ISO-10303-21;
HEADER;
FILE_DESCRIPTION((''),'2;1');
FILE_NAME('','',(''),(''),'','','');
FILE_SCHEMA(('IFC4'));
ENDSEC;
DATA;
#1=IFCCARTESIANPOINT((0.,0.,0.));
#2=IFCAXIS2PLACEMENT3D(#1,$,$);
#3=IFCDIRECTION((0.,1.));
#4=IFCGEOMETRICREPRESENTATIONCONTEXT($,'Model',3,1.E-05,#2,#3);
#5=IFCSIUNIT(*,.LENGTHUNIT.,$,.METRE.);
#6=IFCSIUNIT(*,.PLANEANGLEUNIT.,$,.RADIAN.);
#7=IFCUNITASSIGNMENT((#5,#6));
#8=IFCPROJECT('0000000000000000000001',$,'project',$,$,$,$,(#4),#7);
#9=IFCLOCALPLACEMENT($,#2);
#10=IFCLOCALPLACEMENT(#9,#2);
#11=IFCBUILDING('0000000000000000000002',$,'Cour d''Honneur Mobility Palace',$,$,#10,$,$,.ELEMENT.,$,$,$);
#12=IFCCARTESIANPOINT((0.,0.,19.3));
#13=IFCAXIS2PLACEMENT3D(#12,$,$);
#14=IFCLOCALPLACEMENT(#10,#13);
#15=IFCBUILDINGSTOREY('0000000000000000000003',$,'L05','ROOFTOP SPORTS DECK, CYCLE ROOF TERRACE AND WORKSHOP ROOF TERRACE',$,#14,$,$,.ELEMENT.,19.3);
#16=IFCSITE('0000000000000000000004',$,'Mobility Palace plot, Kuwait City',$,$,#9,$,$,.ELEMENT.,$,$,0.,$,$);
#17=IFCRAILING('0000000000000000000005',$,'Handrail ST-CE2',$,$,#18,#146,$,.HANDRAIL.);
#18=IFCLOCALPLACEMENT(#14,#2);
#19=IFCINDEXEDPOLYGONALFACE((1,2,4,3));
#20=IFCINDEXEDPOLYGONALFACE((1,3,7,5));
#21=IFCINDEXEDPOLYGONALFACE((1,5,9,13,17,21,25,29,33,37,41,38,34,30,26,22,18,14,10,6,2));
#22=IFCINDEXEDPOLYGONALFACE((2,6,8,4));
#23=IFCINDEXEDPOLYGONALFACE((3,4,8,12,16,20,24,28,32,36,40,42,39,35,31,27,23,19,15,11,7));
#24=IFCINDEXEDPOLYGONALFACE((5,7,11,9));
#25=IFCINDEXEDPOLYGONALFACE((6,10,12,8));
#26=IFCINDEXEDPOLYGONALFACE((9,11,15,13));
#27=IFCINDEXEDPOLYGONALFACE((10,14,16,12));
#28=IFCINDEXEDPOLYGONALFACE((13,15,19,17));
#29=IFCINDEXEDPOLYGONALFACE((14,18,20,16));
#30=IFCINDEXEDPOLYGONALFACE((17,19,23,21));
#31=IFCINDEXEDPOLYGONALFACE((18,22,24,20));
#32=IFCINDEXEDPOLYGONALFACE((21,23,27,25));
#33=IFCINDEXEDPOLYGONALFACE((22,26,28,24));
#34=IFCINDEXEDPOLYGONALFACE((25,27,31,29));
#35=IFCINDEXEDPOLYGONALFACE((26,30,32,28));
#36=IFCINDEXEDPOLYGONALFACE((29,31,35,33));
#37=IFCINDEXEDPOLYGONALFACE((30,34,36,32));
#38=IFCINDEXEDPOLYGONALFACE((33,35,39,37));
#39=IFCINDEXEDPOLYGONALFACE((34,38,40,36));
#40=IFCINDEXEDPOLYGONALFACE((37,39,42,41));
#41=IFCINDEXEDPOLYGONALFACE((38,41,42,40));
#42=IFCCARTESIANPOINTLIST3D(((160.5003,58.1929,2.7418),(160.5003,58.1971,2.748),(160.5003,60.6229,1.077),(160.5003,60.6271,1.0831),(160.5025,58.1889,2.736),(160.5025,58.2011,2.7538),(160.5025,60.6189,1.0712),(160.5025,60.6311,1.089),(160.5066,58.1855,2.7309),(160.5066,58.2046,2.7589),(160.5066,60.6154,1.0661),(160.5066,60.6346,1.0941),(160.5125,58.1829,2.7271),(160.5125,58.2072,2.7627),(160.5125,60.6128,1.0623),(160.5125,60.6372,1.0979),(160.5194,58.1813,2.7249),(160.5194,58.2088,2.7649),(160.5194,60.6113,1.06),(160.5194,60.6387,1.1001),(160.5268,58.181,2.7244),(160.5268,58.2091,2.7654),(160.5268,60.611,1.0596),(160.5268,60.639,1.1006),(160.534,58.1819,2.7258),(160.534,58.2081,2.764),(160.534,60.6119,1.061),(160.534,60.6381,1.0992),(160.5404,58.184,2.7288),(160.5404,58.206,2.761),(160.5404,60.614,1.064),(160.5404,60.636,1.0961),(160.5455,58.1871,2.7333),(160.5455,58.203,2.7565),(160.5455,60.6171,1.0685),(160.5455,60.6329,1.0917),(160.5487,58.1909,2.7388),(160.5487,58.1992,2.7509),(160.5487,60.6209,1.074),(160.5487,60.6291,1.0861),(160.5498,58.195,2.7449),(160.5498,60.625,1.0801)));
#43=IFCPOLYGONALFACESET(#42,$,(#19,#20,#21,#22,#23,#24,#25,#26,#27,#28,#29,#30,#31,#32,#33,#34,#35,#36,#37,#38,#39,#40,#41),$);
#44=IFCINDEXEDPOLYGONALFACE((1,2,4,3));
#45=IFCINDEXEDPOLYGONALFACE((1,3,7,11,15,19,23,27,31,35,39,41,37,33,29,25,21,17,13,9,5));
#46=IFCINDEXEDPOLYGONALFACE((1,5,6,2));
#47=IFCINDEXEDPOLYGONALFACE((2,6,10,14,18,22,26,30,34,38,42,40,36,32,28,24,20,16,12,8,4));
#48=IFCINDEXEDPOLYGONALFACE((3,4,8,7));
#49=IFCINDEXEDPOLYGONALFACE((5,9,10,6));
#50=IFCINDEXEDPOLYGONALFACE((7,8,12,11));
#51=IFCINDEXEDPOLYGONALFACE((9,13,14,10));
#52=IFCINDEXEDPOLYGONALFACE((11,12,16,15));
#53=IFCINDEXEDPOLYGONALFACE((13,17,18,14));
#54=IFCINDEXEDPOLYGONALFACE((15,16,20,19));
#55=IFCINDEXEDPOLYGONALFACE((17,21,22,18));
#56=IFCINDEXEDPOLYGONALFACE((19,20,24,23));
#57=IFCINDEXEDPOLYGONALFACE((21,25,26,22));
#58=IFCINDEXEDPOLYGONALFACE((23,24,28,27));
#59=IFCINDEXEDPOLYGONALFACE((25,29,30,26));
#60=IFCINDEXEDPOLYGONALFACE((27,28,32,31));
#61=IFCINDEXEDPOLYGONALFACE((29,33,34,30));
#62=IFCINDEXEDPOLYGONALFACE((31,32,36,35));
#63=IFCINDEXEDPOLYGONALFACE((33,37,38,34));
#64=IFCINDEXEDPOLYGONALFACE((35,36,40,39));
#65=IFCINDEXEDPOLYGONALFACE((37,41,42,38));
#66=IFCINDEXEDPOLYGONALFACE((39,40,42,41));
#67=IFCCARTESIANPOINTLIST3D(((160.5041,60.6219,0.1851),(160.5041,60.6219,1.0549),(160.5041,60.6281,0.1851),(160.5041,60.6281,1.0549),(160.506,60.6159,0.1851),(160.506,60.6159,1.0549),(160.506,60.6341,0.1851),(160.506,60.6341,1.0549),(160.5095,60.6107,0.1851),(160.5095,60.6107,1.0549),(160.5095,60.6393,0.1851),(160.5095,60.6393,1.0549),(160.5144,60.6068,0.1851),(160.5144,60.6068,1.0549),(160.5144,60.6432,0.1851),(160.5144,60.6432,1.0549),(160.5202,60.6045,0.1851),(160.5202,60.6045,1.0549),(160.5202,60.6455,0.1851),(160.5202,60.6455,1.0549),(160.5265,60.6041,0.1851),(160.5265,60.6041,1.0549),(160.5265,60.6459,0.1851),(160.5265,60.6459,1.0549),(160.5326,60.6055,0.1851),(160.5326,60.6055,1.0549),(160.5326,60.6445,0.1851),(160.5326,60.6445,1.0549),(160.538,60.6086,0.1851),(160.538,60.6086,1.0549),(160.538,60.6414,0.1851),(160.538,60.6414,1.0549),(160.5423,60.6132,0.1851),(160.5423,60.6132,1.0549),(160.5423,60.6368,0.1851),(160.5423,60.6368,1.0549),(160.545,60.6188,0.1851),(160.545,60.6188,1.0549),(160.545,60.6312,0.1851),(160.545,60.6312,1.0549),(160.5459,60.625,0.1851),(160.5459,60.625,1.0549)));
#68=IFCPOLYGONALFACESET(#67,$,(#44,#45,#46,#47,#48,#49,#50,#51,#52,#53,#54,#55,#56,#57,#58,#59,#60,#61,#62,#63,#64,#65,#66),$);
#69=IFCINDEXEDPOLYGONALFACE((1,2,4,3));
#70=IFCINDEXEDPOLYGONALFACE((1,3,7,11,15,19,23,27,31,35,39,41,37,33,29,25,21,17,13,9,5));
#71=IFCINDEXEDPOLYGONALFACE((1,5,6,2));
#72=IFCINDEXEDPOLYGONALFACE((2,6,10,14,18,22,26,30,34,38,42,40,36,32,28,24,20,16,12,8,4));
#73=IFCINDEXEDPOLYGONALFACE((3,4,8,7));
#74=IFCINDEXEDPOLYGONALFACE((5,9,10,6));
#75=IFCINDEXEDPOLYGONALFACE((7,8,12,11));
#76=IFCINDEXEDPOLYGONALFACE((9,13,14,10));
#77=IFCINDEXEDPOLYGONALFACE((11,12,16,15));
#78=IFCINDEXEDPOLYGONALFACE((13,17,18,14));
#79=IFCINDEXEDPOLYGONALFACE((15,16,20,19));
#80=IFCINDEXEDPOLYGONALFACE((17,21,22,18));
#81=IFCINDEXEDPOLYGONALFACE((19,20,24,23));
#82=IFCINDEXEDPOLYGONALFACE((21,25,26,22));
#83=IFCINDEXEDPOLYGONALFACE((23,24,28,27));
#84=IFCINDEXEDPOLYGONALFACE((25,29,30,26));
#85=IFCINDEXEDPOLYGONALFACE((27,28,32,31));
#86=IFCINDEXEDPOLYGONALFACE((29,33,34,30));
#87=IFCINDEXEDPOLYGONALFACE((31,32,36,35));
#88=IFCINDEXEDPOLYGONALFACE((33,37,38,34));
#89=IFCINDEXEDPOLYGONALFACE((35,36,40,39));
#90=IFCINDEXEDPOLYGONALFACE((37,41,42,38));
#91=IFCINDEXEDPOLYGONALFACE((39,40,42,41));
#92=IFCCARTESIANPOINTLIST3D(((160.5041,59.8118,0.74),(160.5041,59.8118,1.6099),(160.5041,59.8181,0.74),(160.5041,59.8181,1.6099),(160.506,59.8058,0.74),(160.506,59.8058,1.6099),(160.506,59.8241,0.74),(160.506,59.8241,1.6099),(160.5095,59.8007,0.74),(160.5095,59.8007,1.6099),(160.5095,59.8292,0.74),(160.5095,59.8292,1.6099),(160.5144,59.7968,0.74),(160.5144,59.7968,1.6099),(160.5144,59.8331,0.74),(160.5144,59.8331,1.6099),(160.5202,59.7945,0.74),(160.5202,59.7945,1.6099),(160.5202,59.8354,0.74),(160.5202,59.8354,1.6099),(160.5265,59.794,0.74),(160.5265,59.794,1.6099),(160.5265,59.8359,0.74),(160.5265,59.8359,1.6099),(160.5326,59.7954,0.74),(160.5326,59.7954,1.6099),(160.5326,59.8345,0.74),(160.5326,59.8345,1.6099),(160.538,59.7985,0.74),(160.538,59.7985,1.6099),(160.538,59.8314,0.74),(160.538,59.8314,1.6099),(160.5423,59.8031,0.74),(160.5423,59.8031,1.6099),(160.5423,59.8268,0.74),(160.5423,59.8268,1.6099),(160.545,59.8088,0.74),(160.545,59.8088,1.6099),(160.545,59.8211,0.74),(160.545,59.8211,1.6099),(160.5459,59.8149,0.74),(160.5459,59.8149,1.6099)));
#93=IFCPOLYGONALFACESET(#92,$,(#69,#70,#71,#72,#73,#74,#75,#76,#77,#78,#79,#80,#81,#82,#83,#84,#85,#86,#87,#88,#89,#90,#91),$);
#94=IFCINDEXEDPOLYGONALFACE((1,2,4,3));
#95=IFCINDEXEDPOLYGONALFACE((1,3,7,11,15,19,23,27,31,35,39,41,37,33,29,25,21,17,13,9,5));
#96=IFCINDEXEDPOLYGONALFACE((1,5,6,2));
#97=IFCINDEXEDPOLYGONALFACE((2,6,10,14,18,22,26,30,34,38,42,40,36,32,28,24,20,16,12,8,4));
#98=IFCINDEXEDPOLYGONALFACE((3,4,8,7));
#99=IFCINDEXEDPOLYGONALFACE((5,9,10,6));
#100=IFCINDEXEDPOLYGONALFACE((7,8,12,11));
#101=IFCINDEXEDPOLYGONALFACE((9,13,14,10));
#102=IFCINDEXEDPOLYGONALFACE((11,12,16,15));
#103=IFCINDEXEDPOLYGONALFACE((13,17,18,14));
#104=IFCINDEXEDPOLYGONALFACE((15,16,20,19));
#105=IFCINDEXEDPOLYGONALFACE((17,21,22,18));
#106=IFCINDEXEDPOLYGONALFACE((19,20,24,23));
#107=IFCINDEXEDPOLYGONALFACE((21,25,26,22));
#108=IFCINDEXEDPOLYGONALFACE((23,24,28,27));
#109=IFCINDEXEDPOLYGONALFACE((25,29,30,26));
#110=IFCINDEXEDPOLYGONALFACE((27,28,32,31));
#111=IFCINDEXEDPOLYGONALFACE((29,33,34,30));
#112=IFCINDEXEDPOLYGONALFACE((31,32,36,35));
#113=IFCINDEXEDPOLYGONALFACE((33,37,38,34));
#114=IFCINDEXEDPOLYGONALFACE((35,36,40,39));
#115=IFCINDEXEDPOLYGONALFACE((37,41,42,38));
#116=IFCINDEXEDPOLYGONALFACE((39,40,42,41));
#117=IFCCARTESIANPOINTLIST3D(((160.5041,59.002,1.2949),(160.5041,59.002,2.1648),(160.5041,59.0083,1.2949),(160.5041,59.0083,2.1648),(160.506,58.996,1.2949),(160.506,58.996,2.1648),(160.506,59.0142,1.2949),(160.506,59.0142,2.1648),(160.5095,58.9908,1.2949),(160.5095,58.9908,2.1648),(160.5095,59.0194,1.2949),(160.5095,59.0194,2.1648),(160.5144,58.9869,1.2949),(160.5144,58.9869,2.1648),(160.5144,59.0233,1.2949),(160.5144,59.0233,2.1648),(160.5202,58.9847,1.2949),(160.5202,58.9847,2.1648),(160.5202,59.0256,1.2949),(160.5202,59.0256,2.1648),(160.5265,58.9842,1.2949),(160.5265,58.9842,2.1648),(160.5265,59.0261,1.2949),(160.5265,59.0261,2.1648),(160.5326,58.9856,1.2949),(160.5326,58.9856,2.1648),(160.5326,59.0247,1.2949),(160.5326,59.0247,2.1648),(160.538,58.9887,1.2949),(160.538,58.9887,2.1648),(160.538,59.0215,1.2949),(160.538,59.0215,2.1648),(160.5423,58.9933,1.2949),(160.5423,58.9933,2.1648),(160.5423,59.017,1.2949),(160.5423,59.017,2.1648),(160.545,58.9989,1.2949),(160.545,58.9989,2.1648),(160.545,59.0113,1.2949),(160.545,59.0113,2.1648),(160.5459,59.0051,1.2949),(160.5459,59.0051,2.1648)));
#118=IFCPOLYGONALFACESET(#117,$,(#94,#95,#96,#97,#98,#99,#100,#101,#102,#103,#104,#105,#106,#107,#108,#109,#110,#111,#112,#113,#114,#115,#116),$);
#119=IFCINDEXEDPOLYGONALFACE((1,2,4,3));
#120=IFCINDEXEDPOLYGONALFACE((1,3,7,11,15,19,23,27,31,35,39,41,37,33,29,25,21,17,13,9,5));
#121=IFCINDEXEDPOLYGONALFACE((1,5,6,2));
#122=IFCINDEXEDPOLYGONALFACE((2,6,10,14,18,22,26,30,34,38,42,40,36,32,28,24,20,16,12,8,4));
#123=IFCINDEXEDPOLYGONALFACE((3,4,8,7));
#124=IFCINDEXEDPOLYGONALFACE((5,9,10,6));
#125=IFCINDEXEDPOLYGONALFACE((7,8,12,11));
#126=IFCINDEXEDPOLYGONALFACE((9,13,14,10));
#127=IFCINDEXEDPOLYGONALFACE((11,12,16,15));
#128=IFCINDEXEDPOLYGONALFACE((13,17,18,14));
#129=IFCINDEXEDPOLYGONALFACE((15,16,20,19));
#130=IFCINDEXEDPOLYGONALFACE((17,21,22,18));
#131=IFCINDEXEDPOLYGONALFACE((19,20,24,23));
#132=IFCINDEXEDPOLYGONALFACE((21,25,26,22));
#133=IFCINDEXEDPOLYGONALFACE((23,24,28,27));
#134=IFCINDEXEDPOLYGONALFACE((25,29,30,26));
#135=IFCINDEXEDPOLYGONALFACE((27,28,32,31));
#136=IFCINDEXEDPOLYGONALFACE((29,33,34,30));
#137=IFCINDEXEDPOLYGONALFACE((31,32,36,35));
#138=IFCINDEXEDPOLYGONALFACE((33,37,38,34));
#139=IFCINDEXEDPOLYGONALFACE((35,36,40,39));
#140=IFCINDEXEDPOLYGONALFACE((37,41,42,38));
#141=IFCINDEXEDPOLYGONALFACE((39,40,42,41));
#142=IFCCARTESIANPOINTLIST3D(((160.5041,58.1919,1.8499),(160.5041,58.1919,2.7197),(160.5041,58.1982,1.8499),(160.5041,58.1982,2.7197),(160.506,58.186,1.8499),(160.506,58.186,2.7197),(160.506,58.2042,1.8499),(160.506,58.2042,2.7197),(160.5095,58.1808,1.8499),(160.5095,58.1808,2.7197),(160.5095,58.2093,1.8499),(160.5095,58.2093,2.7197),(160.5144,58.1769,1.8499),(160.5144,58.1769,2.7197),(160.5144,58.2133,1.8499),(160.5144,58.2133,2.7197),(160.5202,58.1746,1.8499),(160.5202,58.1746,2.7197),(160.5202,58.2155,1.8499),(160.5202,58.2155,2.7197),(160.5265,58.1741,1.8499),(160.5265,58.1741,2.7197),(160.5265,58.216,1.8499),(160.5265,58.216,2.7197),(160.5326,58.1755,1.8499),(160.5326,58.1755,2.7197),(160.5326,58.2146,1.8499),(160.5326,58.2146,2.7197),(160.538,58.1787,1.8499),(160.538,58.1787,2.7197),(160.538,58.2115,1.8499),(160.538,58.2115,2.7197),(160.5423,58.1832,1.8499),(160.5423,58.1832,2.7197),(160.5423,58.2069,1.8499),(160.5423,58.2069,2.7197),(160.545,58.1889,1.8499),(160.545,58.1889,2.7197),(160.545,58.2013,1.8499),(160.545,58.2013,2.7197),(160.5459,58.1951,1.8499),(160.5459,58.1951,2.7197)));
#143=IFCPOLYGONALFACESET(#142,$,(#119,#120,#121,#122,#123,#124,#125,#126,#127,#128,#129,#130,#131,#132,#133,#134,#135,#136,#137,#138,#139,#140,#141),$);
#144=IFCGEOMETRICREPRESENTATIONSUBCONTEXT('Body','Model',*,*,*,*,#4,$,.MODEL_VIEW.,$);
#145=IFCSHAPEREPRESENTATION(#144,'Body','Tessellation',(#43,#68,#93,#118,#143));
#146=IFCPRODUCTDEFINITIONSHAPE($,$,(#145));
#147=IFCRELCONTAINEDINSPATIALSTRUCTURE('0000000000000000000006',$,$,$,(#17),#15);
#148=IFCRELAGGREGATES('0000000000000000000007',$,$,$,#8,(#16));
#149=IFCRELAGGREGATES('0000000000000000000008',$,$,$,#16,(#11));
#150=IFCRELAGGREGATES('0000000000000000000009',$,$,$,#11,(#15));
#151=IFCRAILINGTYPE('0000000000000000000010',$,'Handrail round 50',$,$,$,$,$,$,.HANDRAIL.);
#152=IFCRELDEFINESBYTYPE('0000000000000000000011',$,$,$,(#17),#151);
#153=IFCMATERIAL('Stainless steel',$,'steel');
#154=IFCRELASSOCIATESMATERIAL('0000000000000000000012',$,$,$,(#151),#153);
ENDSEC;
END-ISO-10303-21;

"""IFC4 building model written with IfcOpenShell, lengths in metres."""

from ifc_helpers import new_model, si_unit, direction, frame, origin, origin_2d, place, context, subcontext, project, spatial, circle, extrude, material, type_object, element, save


model = new_model("IFC4")

# Units and contexts
model_context = context("Model", 3, precision=1e-05, world=origin(), true_north=direction((0.0, 1.0)))
body_context = subcontext(model_context, "Body", "Model", "MODEL_VIEW")
ifc_project = project(units=[si_unit("LENGTHUNIT", "METRE"), si_unit("PLANEANGLEUNIT", "RADIAN")], contexts=[model_context])

# Site, building, storey
site_placement = place(None, origin())
site = spatial("IfcSite", under=ifc_project, at=site_placement, Name="Mobility Palace plot, Kuwait City", CompositionType="ELEMENT", RefElevation=0.0)
building_placement = place(site_placement, origin())
building = spatial("IfcBuilding", under=site, at=building_placement, Name="Cour d'Honneur Mobility Palace", CompositionType="ELEMENT")
storey_placement = place(building_placement, frame((0.0, 0.0, 19.3)))
storey = spatial("IfcBuildingStorey", under=building, at=storey_placement, Name="L05", Description="ROOFTOP SPORTS DECK, CYCLE ROOF TERRACE AND WORKSHOP ROOF TERRACE", CompositionType="ELEMENT", Elevation=19.3)

# Railing
ifc_material_1 = material(Name="Stainless steel", Category="steel")
railing_type_1 = type_object("IfcRailingType", Name="Handrail round 50", PredefinedType="HANDRAIL", material=ifc_material_1)
railing_1_placement = place(storey_placement, frame((160.5249, 60.625, 0.1851)))
element("IfcRailing", 1, at=railing_1_placement, inside=storey, type_object=railing_type_1, Name="Handrail ST-CE2", PredefinedType="HANDRAIL", context=body_context, shape_type="SweptSolid", body=[
    extrude(circle(Radius=0.0249, at=origin_2d()), frame((0.0, 0.0, 0.895), z_axis=(0.0, -0.824957, 0.565195), x_axis=(1.0, 0.0, 0.0)), (0.0, 0.0, 1.0), 2.9456),
    extrude(circle(Radius=0.021, at=origin_2d()), origin(), (0.0, 0.0, 1.0), 0.8699),
    extrude(circle(Radius=0.021, at=origin_2d()), frame((0.0, -0.8101, 0.5549)), (0.0, 0.0, 1.0), 0.8699),
    extrude(circle(Radius=0.021, at=origin_2d()), frame((0.0, -1.6199, 1.1099)), (0.0, 0.0, 1.0), 0.8699),
    extrude(circle(Radius=0.021, at=origin_2d()), frame((0.0, -2.4299, 1.6648)), (0.0, 0.0, 1.0), 0.8699),
])

save(model, "model.ifc")
